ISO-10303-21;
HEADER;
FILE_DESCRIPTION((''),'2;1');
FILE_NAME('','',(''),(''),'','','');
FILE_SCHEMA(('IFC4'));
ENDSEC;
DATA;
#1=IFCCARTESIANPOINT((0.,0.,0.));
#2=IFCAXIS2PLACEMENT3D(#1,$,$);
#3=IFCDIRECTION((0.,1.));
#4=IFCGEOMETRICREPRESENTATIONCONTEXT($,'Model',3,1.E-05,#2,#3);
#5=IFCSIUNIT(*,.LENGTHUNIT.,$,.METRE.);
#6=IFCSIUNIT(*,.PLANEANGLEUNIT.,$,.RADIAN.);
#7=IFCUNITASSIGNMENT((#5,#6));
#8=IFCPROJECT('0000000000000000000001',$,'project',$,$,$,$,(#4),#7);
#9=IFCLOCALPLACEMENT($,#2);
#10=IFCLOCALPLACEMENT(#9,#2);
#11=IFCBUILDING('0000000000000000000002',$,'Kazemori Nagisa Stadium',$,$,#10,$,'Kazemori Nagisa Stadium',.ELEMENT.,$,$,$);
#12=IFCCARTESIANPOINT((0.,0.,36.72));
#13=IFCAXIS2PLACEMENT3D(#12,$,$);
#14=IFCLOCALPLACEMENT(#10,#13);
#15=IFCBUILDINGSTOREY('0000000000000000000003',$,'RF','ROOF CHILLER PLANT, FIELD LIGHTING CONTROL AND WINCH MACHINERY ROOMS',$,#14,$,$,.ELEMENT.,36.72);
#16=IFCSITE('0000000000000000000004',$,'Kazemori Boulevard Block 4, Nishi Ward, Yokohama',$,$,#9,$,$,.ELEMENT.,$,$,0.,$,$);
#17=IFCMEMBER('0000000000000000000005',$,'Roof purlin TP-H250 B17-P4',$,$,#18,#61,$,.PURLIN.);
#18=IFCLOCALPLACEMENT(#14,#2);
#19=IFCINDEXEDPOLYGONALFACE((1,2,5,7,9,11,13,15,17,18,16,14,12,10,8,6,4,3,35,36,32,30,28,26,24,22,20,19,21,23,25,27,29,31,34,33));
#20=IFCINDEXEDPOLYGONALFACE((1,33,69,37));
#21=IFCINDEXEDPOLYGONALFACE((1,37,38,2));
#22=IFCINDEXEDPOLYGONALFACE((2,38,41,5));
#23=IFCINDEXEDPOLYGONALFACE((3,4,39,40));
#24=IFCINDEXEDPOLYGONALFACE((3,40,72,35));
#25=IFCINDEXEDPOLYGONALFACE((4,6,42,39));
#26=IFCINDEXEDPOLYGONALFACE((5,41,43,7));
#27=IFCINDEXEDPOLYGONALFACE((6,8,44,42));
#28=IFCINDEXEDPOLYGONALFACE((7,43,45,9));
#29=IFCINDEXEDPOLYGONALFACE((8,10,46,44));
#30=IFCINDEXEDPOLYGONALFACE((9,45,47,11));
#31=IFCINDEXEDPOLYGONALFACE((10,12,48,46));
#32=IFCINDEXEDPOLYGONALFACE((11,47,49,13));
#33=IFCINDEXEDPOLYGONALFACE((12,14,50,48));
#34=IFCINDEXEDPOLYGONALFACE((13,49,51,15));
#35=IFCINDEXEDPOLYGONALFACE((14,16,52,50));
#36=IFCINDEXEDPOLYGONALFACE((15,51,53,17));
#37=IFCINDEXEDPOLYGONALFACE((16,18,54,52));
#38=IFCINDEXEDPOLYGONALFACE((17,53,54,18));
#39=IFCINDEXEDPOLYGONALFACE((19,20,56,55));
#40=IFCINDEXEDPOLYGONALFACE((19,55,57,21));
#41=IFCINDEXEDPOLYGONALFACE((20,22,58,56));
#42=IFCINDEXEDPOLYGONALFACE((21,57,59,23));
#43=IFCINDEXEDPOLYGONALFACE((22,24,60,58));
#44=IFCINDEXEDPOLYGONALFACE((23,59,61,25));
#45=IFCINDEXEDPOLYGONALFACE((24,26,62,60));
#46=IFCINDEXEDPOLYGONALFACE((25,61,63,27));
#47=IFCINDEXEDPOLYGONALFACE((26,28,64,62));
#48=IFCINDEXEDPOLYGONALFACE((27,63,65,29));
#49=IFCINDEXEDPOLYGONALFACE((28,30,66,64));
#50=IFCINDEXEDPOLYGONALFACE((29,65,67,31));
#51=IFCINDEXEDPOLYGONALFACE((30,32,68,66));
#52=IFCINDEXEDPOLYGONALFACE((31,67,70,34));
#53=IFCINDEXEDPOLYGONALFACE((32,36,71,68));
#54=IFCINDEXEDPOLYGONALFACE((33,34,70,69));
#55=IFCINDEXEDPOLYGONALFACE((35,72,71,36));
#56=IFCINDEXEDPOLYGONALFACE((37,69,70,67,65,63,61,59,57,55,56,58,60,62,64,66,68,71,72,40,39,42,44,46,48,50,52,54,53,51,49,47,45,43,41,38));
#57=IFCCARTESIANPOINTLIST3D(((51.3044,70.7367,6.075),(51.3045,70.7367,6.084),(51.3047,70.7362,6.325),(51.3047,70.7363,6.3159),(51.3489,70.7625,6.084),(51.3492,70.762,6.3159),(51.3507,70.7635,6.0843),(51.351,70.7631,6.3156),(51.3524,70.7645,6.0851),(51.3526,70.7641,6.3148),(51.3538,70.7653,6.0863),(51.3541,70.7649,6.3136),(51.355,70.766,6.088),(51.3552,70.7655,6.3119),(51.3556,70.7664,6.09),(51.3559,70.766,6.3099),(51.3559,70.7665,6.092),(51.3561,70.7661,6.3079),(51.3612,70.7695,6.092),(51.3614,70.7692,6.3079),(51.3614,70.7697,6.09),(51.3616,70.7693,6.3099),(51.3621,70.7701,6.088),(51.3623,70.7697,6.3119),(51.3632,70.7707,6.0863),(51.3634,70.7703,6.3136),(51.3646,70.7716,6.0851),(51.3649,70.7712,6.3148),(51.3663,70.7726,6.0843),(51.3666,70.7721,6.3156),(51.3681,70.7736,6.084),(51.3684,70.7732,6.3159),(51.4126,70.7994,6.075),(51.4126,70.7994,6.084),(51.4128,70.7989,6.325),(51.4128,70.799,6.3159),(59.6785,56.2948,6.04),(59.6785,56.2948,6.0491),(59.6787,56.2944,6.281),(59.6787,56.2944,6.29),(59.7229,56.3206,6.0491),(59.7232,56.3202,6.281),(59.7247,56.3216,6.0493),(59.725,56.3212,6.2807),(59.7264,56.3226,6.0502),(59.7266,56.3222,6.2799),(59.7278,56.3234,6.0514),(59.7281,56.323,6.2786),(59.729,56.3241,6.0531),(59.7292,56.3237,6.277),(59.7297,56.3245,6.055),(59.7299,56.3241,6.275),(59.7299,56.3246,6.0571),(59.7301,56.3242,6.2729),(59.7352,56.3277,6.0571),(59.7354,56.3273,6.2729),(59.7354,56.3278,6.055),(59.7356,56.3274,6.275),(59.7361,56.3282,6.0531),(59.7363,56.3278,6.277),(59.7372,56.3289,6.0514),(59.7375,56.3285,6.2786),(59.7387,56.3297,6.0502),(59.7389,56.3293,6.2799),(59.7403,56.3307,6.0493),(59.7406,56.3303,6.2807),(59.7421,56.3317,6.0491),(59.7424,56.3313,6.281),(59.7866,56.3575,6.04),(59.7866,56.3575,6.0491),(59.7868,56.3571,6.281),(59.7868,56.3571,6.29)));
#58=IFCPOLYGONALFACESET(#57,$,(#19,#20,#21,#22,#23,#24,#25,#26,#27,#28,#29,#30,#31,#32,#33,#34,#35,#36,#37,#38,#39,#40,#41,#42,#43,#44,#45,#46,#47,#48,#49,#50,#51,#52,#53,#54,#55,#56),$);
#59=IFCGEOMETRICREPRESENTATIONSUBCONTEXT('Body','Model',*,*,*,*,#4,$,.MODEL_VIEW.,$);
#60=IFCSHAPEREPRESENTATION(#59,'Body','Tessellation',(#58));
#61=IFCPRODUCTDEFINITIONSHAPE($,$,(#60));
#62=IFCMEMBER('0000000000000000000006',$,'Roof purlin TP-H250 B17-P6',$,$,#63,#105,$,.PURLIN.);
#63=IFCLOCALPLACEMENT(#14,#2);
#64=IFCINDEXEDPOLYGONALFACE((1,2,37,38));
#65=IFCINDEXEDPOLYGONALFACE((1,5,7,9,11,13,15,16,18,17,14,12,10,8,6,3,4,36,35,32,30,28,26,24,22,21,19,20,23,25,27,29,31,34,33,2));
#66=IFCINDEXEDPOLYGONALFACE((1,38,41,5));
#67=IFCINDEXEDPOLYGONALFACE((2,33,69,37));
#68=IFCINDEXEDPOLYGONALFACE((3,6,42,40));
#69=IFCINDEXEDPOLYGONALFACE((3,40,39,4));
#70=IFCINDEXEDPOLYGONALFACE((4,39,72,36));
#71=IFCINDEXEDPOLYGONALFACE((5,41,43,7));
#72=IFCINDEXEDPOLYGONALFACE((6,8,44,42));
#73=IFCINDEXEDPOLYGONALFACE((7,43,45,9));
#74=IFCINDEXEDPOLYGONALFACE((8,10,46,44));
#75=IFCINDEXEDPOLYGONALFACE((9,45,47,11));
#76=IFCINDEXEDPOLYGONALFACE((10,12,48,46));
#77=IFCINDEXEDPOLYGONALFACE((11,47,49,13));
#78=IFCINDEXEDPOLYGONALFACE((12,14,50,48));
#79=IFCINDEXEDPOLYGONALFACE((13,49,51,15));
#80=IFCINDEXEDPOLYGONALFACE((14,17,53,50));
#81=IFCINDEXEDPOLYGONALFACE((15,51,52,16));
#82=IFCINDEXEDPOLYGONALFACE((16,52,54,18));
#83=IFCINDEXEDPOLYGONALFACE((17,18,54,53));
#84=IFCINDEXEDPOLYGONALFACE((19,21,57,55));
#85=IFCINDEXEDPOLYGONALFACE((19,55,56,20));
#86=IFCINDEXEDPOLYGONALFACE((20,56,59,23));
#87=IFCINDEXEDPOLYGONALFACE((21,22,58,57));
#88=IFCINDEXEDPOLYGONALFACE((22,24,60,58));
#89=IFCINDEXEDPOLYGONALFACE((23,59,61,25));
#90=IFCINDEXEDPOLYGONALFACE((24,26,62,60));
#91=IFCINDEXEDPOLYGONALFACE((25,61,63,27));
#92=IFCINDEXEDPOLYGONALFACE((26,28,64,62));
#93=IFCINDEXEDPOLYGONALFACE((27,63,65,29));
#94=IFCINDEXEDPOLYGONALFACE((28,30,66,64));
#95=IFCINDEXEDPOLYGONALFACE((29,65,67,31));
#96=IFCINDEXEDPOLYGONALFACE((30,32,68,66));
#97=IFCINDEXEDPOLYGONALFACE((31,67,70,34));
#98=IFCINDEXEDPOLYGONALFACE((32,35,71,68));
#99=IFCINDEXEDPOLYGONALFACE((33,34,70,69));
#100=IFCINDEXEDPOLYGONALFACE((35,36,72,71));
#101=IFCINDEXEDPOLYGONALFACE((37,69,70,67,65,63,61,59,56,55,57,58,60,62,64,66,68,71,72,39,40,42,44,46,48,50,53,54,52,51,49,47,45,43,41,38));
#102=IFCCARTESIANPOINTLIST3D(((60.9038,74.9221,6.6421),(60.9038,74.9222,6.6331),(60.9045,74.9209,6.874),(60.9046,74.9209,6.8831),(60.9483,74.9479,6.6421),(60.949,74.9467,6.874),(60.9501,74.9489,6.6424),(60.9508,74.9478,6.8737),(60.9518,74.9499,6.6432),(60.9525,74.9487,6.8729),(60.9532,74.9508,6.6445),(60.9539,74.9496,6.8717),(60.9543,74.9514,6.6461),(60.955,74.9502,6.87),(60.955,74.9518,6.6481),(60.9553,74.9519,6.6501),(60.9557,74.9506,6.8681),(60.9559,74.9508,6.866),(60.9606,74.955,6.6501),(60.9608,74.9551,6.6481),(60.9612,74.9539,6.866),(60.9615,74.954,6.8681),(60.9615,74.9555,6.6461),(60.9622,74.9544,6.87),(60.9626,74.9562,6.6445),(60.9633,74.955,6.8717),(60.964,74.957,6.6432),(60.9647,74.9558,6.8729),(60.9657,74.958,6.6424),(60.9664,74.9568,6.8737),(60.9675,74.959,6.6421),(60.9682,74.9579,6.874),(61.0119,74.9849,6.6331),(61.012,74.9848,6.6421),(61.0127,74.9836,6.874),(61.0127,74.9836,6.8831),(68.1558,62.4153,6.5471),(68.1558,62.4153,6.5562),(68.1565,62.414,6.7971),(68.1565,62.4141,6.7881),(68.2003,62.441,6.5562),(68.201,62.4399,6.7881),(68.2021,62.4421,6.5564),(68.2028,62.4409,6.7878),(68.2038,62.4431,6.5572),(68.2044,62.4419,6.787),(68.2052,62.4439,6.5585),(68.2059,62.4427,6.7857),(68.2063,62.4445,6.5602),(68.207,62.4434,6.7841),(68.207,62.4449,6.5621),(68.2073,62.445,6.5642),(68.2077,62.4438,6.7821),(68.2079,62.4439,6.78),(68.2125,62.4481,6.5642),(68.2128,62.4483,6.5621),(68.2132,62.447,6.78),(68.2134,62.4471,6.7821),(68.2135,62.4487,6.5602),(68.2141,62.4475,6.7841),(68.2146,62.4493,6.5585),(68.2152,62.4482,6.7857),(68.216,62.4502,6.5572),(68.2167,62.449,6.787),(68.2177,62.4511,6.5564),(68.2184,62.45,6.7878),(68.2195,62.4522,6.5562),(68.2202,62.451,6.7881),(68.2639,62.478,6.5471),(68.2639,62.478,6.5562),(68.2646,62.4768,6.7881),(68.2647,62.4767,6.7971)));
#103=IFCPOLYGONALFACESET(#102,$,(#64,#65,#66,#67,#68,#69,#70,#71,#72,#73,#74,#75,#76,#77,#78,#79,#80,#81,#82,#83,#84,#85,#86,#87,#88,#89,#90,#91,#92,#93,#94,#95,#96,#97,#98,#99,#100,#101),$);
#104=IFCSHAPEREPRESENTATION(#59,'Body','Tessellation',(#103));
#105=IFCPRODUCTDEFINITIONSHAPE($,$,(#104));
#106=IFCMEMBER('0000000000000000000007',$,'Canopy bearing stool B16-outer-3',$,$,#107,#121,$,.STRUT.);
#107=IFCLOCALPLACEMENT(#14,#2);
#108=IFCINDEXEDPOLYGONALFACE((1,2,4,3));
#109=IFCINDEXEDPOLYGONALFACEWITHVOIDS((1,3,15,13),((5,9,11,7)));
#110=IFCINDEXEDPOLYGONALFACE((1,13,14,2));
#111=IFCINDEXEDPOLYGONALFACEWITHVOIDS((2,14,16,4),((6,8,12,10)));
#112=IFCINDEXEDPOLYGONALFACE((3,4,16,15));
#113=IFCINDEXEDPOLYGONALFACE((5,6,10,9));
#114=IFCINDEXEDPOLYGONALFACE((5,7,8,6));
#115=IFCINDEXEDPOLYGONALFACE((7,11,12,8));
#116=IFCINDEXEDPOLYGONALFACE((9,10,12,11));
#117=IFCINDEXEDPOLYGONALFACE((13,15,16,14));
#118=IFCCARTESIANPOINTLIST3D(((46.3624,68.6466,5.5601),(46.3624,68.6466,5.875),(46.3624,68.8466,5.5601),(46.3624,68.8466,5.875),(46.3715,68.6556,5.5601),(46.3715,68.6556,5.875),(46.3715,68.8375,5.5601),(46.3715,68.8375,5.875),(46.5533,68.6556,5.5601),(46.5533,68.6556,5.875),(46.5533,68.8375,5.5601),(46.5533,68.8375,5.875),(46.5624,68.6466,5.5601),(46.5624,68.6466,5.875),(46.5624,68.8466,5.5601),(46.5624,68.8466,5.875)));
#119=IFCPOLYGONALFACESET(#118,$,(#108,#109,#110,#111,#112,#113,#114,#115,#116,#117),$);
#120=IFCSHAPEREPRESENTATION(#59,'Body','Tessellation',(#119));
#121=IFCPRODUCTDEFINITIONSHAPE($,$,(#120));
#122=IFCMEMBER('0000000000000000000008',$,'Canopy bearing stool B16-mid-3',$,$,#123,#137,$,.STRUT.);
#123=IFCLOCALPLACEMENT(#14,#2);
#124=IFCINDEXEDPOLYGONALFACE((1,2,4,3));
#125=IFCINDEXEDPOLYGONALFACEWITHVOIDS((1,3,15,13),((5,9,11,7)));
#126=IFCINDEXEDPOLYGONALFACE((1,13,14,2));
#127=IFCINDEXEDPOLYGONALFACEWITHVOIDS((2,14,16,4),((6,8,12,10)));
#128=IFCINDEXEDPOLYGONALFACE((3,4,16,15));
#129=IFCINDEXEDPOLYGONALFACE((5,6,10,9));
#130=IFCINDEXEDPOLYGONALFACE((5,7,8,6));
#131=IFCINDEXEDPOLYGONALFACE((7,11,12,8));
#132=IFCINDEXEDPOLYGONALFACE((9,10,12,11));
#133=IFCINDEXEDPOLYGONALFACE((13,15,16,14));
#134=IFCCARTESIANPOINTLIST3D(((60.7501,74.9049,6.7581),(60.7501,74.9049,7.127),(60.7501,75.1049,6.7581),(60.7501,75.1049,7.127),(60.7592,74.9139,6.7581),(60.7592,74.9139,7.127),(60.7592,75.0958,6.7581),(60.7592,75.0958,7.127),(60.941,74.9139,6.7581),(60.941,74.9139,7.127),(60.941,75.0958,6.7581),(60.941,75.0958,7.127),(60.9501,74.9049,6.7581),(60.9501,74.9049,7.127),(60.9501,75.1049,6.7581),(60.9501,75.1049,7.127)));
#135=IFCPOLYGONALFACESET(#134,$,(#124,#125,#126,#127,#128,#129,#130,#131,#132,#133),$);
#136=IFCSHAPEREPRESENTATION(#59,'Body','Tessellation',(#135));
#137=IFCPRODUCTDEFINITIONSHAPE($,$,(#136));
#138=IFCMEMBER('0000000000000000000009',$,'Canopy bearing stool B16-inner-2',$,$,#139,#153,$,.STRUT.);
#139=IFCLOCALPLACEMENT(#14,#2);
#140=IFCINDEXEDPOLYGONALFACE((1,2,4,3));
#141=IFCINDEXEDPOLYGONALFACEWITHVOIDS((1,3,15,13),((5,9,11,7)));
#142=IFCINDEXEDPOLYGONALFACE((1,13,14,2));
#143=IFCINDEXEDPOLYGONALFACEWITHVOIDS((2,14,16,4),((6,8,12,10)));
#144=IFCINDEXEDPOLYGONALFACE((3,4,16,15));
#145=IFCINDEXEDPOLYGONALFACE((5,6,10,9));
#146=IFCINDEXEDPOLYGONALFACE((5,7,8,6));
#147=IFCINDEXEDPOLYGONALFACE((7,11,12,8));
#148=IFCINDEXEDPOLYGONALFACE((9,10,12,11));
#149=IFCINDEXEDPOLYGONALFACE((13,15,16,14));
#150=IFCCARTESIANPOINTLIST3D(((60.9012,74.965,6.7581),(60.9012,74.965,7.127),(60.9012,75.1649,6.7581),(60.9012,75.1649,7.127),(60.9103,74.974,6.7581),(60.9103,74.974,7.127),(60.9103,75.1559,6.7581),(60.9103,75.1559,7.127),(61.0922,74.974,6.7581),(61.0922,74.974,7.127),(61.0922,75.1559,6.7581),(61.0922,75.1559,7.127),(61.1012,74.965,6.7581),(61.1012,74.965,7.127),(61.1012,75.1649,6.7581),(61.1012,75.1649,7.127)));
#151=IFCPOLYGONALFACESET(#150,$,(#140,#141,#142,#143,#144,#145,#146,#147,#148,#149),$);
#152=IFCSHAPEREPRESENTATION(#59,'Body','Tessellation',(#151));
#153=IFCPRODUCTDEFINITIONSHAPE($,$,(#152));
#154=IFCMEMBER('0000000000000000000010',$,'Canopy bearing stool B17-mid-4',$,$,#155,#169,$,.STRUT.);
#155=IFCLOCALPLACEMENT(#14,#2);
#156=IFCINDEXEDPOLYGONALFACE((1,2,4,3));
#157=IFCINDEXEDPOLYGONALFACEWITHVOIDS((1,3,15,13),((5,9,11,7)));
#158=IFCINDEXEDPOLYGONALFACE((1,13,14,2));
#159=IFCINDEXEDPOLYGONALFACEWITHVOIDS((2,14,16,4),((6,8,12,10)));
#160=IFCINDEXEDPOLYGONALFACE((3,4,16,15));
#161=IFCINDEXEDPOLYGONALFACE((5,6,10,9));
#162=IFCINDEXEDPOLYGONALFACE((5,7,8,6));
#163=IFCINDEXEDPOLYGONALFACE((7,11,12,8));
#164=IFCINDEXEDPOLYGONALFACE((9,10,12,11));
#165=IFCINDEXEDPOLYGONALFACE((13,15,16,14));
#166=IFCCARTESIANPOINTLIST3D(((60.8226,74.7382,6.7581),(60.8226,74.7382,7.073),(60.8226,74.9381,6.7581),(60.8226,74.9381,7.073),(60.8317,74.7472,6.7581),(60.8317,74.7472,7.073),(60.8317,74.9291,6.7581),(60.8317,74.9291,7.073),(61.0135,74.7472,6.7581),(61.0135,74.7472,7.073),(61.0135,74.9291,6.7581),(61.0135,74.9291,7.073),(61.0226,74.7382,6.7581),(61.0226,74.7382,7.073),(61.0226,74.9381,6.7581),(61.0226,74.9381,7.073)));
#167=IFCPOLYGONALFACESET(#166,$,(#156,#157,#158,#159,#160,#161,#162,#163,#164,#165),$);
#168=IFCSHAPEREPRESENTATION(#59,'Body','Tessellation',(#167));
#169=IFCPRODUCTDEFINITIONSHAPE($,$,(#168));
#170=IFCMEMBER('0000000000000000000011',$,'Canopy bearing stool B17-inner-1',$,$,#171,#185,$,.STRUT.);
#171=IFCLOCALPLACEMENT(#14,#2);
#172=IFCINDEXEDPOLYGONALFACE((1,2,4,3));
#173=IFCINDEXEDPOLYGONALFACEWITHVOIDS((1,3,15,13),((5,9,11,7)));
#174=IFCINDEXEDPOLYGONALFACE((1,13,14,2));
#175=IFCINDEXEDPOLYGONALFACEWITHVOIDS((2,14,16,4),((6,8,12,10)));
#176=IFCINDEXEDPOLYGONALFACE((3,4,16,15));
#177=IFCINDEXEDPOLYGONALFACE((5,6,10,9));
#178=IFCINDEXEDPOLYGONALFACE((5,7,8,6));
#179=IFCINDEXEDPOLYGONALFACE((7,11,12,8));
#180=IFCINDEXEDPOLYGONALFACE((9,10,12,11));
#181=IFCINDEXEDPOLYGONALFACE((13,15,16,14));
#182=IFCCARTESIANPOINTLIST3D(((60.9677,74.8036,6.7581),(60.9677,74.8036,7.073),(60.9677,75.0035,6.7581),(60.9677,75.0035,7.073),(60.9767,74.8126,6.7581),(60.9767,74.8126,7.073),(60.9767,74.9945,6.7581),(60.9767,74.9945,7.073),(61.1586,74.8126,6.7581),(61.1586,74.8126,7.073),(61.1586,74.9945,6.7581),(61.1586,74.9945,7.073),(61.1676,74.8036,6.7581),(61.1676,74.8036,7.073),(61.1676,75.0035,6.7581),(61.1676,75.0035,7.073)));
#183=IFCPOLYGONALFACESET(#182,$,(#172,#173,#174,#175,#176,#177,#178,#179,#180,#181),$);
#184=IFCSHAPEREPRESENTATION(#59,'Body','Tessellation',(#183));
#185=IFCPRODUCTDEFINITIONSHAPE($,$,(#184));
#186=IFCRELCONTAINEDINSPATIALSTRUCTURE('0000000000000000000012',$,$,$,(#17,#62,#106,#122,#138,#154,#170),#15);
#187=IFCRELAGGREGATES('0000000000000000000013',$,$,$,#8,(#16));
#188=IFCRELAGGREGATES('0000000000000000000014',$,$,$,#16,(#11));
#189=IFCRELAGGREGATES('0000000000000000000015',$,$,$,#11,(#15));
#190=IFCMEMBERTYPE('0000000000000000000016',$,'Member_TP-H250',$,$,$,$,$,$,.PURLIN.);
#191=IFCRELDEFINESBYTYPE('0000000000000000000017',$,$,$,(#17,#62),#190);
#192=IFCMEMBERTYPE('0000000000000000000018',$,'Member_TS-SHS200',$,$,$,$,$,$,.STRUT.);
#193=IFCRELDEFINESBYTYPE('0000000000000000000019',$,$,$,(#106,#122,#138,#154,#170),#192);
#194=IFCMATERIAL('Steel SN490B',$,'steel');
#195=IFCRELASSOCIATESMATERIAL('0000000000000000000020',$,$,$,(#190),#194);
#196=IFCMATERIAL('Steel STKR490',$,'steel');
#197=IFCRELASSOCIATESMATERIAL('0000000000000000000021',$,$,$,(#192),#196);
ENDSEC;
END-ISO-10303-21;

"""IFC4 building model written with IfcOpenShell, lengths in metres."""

from ifc_helpers import new_model, si_unit, direction, frame, origin, origin_2d, place, context, subcontext, project, spatial, hollow_rectangle, i_section, extrude, material, material_profile, profile_set, type_object, element, save


model = new_model("IFC4")

# Units and contexts
model_context = context("Model", 3, precision=1e-05, world=origin(), true_north=direction((0.0, 1.0)))
body_context = subcontext(model_context, "Body", "Model", "MODEL_VIEW")
ifc_project = project(units=[si_unit("LENGTHUNIT", "METRE"), si_unit("PLANEANGLEUNIT", "RADIAN")], contexts=[model_context])

# Site, building, storey
site_placement = place(None, origin())
site = spatial("IfcSite", under=ifc_project, at=site_placement, Name="Kazemori Boulevard Block 4, Nishi Ward, Yokohama", CompositionType="ELEMENT", RefElevation=0.0)
building_placement = place(site_placement, origin())
building = spatial("IfcBuilding", under=site, at=building_placement, Name="Kazemori Nagisa Stadium", LongName="Kazemori Nagisa Stadium", CompositionType="ELEMENT")
storey_placement = place(building_placement, frame((0.0, 0.0, 36.72)))
storey = spatial("IfcBuildingStorey", under=building, at=storey_placement, Name="RF", Description="ROOF CHILLER PLANT, FIELD LIGHTING CONTROL AND WINCH MACHINERY ROOMS", CompositionType="ELEMENT", Elevation=36.72)

# Shared definitions
ifc_material_1 = material(Name="Steel SN490B", Category="steel")

# Members
ifc_material_2 = material(Name="Steel STKR490", Category="steel")
ifc_material_profile_1 = material_profile(ifc_material_1, i_section(OverallWidth=0.125, OverallDepth=0.25, WebThickness=0.0061, FlangeThickness=0.009, FilletRadius=0.0081, at=origin_2d()), Name="H-250x125x6x9")
ifc_profile_set_1 = profile_set([ifc_material_profile_1], Name="Steel SN490B")
member_type_1 = type_object("IfcMemberType", Name="Member_TP-H250", PredefinedType="PURLIN", material=ifc_profile_set_1)
member_1_placement = place(storey_placement, frame((51.3586, 70.7678, 6.2), z_axis=(0.501615, -0.865088, -0.002091), x_axis=(0.86509, 0.501616, 0.0)))
element("IfcMember", 1, at=member_1_placement, inside=storey, type_object=member_type_1, Name="Roof purlin TP-H250 B17-P4", PredefinedType="PURLIN", context=body_context, shape_type="SweptSolid", body=[
    extrude(i_section(OverallWidth=0.125, OverallDepth=0.25, WebThickness=0.0061, FlangeThickness=0.009, FilletRadius=0.0081, at=origin_2d()), origin(), (0.0, 0.0, 1.0), 16.6941),
])
member_2_placement = place(storey_placement, frame((60.9583, 74.9529, 6.7581), z_axis=(0.501605, -0.865076, -0.005944), x_axis=(0.865092, 0.501614, 0.0)))
element("IfcMember", 2, at=member_2_placement, inside=storey, type_object=member_type_1, Name="Roof purlin TP-H250 B17-P6", PredefinedType="PURLIN", context=body_context, shape_type="SweptSolid", body=[
    extrude(i_section(OverallWidth=0.125, OverallDepth=0.25, WebThickness=0.0061, FlangeThickness=0.009, FilletRadius=0.0081, at=origin_2d()), origin(), (0.0, 0.0, 1.0), 14.4575),
])
ifc_material_profile_2 = material_profile(ifc_material_2, hollow_rectangle(XDim=0.2, YDim=0.2, WallThickness=0.009, at=origin_2d()), Name="SHS-200x200x9")
ifc_profile_set_2 = profile_set([ifc_material_profile_2], Name="Steel STKR490")
member_type_2 = type_object("IfcMemberType", Name="Member_TS-SHS200", PredefinedType="STRUT", material=ifc_profile_set_2)
member_3_placement = place(storey_placement, frame((46.4624, 68.7466, 5.5601), z_axis=(0.0, 0.0, 1.0), x_axis=(1.0, 0.0, 0.0)))
element("IfcMember", 3, at=member_3_placement, inside=storey, type_object=member_type_2, Name="Canopy bearing stool B16-outer-3", PredefinedType="STRUT", context=body_context, shape_type="SweptSolid", body=[
    extrude(hollow_rectangle(XDim=0.2, YDim=0.2, WallThickness=0.009, at=origin_2d()), origin(), (0.0, 0.0, 1.0), 0.3149),
])
for number, where, z_axis, x_axis, name in (
    (4, (60.8501, 75.0049, 6.7581), (0.0, 0.0, 1.0), (1.0, 0.0, 0.0), "Canopy bearing stool B16-mid-3"),
    (5, (61.0012, 75.0649, 6.7581), (0.0, 0.0, 1.0), (1.0, 0.0, 0.0), "Canopy bearing stool B16-inner-2"),
):
    element("IfcMember", number, at=place(storey_placement, frame(where, z_axis=z_axis, x_axis=x_axis)), inside=storey, type_object=member_type_2, Name=name, PredefinedType="STRUT", context=body_context, shape_type="SweptSolid", body=[
        extrude(hollow_rectangle(XDim=0.2, YDim=0.2, WallThickness=0.009, at=origin_2d()), origin(), (0.0, 0.0, 1.0), 0.3689),
    ])
for number, where, z_axis, x_axis, name in (
    (6, (60.9226, 74.8381, 6.7581), (0.0, 0.0, 1.0), (1.0, 0.0, 0.0), "Canopy bearing stool B17-mid-4"),
    (7, (61.0676, 74.9036, 6.7581), (0.0, 0.0, 1.0), (1.0, 0.0, 0.0), "Canopy bearing stool B17-inner-1"),
):
    element("IfcMember", number, at=place(storey_placement, frame(where, z_axis=z_axis, x_axis=x_axis)), inside=storey, type_object=member_type_2, Name=name, PredefinedType="STRUT", context=body_context, shape_type="SweptSolid", body=[
        extrude(hollow_rectangle(XDim=0.2, YDim=0.2, WallThickness=0.009, at=origin_2d()), origin(), (0.0, 0.0, 1.0), 0.3149),
    ])

save(model, "model.ifc")
